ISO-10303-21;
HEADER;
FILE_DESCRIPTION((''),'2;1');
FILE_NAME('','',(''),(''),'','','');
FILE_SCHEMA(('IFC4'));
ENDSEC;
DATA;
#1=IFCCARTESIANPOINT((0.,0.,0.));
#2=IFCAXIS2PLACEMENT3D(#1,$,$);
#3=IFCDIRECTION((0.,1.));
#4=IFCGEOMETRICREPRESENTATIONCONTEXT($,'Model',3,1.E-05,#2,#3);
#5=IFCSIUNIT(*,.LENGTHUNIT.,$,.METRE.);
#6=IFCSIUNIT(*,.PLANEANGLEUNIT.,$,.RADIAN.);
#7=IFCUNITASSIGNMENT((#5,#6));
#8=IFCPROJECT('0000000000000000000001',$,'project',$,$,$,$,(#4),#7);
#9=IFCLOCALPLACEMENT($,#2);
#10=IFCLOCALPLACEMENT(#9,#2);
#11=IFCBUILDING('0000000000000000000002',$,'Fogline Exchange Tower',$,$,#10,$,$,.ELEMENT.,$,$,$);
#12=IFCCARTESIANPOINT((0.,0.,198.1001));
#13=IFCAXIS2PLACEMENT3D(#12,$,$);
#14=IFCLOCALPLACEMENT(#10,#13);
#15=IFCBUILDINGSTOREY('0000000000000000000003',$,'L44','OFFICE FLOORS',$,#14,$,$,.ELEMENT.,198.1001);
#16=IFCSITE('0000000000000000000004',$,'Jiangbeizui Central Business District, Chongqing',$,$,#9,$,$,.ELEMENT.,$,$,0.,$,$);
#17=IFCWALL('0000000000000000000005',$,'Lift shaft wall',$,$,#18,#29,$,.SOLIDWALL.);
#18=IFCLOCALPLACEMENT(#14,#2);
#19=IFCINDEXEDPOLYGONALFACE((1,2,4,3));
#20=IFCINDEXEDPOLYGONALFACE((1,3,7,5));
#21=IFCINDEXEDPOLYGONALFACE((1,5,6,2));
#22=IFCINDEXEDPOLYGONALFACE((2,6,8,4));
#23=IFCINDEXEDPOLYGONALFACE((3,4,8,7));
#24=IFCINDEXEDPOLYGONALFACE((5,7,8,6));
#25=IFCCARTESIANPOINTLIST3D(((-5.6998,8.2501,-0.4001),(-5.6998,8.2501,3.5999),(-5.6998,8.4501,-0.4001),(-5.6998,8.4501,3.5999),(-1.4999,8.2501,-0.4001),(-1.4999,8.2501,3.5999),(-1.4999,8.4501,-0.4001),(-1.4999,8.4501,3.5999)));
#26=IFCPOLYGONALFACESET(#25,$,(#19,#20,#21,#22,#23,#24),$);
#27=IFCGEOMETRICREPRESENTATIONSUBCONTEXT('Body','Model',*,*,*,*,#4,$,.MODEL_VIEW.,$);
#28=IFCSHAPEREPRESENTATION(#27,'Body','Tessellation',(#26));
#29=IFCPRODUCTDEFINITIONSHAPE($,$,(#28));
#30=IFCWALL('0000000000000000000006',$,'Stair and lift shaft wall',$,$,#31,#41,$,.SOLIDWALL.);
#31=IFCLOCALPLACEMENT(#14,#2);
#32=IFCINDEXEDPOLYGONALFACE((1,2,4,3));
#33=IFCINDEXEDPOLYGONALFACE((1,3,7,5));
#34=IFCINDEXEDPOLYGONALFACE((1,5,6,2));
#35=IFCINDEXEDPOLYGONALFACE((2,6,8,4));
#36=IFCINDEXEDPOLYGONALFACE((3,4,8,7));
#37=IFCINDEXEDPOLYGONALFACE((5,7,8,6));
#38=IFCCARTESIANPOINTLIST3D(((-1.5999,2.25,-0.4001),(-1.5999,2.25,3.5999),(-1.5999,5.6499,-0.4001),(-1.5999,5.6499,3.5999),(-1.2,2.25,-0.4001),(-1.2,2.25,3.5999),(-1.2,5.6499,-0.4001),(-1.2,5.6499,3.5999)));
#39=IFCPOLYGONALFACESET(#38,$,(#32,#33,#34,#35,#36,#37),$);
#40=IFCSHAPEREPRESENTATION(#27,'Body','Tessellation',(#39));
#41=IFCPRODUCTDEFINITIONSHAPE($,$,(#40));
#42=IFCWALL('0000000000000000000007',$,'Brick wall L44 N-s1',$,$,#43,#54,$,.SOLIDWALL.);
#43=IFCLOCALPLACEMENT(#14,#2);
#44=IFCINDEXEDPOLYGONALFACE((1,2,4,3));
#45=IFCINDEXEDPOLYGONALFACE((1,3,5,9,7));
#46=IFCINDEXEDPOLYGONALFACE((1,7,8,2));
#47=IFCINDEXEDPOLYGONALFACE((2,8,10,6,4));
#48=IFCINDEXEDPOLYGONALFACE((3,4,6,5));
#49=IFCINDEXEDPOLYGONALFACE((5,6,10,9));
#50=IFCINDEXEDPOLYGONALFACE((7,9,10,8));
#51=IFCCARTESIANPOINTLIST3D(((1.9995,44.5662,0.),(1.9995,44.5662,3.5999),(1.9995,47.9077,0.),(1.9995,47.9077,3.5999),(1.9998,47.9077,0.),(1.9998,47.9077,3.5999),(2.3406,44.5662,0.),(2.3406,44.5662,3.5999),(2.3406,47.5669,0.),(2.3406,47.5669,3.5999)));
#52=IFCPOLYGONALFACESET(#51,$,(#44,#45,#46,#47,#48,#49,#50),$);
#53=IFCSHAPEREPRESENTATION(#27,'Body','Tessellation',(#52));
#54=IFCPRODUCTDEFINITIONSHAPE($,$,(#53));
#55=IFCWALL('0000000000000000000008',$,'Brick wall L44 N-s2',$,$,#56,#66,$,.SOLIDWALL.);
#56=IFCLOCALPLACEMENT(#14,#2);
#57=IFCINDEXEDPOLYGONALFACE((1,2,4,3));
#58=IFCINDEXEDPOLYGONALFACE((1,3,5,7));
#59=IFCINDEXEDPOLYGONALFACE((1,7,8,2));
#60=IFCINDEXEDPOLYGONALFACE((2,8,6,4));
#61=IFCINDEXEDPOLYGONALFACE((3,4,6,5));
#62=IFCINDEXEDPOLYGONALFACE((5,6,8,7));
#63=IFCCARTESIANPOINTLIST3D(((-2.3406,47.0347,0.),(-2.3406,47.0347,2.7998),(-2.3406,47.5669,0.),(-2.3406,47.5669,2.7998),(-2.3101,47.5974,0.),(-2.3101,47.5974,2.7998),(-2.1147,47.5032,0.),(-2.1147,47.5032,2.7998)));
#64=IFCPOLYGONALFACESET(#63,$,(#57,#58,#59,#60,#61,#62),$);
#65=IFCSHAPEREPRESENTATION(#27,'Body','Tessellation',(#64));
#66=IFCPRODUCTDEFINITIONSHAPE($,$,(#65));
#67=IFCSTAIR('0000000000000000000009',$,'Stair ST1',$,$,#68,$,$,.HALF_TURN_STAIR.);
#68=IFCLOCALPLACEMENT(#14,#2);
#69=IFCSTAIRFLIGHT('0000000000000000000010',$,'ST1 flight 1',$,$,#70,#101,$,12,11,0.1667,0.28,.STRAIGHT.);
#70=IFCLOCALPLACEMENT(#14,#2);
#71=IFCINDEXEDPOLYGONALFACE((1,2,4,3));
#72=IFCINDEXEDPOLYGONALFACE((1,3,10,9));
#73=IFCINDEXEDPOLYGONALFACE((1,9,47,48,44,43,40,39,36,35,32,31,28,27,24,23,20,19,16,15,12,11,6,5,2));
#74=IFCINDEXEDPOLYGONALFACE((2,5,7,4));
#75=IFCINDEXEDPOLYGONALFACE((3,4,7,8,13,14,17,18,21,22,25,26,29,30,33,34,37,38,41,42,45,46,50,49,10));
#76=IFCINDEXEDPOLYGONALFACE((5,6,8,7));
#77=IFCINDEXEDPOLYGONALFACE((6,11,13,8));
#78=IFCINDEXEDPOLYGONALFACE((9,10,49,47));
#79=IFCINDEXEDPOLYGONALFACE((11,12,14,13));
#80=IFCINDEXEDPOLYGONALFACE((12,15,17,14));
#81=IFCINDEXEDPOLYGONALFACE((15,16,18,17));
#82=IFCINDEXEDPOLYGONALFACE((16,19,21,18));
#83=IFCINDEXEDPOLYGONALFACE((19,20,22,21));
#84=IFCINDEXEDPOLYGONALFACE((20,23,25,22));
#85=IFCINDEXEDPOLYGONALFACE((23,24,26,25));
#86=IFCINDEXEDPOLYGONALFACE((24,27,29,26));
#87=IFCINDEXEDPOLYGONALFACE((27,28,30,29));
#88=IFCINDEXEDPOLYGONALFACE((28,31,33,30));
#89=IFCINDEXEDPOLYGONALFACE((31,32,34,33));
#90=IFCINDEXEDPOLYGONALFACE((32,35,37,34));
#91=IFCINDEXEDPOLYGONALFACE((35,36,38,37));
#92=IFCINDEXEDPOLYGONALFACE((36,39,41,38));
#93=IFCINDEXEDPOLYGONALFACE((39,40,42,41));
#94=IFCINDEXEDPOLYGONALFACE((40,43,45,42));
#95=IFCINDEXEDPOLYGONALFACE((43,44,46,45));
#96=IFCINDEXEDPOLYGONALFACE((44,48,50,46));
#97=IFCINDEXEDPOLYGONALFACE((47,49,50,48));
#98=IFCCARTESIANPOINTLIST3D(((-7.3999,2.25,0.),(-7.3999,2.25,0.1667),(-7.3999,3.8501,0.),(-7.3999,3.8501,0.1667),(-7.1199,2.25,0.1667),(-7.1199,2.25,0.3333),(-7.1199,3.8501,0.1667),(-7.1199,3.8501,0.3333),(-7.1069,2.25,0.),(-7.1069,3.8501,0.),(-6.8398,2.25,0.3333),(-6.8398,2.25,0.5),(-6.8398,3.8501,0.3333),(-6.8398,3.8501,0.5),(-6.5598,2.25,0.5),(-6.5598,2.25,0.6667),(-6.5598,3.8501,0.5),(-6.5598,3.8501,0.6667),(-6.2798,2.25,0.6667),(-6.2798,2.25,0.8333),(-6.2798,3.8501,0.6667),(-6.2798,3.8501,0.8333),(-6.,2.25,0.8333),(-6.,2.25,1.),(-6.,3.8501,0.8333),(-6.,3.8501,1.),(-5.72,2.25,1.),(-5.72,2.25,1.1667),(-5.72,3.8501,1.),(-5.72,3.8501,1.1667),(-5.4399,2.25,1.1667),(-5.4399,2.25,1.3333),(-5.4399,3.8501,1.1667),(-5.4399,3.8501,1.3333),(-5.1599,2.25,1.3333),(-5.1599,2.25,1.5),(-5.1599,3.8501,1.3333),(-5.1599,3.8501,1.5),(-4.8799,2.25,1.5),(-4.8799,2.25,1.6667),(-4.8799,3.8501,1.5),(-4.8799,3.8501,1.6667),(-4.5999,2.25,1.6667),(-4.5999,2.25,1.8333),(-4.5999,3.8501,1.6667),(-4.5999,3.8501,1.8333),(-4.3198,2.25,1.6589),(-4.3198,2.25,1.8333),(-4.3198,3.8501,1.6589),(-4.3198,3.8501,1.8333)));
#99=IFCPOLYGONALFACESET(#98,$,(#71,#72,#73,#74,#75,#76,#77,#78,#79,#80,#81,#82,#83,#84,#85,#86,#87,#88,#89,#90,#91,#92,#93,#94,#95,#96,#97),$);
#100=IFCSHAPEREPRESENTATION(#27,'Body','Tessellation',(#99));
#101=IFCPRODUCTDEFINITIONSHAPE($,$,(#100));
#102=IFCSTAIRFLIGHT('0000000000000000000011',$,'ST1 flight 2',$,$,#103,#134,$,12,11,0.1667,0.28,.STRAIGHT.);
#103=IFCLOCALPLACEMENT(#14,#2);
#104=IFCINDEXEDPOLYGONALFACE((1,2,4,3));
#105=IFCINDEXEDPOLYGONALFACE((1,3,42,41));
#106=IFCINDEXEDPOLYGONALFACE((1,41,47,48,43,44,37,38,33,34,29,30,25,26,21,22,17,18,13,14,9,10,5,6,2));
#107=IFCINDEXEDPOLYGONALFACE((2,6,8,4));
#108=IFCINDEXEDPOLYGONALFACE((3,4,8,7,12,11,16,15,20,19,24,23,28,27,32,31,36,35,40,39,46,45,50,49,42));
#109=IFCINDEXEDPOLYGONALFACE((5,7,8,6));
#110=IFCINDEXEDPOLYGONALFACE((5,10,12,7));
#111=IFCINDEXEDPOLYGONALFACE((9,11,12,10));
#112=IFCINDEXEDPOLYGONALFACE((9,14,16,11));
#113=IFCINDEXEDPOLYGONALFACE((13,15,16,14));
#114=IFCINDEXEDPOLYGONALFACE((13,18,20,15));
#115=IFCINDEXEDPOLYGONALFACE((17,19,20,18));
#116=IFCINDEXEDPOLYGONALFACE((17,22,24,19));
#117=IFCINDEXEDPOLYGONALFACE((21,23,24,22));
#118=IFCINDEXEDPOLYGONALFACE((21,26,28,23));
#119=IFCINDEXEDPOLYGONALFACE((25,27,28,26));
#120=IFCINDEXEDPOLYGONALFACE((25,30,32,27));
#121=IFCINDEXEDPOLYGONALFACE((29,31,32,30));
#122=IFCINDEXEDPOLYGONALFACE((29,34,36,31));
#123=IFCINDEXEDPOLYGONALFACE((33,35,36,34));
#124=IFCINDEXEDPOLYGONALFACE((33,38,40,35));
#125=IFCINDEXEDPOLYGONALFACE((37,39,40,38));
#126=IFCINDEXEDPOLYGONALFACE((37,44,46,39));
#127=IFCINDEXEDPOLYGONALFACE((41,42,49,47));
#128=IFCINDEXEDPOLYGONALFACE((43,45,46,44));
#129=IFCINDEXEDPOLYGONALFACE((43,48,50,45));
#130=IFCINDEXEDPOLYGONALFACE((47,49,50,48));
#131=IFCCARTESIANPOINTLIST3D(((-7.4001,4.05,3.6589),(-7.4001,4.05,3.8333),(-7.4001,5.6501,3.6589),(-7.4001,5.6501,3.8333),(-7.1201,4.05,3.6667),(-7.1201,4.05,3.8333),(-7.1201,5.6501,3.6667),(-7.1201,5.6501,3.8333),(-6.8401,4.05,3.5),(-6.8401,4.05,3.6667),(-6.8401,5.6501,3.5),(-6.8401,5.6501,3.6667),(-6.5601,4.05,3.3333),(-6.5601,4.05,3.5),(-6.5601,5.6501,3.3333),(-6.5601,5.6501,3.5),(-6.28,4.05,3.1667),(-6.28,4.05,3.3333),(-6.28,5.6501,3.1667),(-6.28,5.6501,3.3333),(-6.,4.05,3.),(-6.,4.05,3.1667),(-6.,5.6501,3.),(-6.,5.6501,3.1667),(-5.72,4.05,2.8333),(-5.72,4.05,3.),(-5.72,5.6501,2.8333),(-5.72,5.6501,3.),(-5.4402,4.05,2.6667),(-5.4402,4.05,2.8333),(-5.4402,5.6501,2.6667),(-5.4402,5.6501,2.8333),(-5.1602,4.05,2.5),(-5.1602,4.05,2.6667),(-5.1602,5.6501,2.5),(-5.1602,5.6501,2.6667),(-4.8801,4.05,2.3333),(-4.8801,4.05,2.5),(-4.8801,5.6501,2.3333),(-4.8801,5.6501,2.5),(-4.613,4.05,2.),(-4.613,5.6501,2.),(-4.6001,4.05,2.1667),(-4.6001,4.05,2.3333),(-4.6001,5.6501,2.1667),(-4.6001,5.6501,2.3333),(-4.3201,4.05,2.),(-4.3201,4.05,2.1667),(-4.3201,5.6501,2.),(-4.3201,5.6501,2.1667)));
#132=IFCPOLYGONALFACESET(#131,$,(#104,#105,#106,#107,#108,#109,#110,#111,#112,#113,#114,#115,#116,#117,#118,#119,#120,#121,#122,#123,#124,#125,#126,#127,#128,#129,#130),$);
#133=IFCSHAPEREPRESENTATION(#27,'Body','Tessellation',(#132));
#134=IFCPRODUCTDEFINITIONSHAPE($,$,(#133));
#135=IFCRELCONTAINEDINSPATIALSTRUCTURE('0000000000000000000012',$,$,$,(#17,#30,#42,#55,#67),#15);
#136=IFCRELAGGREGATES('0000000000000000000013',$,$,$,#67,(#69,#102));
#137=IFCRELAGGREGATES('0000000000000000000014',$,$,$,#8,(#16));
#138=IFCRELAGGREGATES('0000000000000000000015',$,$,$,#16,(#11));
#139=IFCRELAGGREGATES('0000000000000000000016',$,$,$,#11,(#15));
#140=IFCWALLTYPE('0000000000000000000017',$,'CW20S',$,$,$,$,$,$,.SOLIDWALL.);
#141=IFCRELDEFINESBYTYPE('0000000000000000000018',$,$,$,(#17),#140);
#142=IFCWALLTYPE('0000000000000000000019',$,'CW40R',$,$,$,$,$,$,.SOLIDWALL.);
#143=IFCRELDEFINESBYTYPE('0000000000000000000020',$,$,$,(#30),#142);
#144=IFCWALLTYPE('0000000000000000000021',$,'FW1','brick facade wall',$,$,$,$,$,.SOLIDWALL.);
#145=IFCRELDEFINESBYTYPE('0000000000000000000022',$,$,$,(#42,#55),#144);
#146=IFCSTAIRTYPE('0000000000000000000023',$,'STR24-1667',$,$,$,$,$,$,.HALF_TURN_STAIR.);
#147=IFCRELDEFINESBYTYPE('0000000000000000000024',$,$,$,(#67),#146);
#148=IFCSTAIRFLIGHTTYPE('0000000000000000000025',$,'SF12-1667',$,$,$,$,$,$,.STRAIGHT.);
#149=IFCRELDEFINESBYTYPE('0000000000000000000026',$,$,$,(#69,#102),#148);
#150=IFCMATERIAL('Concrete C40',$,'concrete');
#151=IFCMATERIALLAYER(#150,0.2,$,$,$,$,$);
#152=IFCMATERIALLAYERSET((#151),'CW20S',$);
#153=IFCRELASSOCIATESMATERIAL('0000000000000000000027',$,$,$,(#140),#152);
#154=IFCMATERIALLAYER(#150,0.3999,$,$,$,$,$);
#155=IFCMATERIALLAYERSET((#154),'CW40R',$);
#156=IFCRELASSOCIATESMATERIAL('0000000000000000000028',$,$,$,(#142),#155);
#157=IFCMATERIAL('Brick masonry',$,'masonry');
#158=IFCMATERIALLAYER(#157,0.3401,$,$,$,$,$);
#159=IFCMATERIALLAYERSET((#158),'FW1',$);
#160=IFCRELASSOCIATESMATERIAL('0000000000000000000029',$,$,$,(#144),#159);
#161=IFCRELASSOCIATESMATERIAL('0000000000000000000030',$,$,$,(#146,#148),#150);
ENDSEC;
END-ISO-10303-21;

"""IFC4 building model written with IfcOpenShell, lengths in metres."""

from ifc_helpers import new_model, si_unit, direction, frame, frame_2d, origin, place, context, subcontext, project, spatial, polyline, rectangle, outline, extrude, material, layer, layer_set, type_object, element, aggregate, save


model = new_model("IFC4")

# Units and contexts
model_context = context("Model", 3, precision=1e-05, world=origin(), true_north=direction((0.0, 1.0)))
body_context = subcontext(model_context, "Body", "Model", "MODEL_VIEW")
ifc_project = project(units=[si_unit("LENGTHUNIT", "METRE"), si_unit("PLANEANGLEUNIT", "RADIAN")], contexts=[model_context])

# Site, building, storey
site_placement = place(None, origin())
site = spatial("IfcSite", under=ifc_project, at=site_placement, Name="Jiangbeizui Central Business District, Chongqing", CompositionType="ELEMENT", RefElevation=0.0)
building_placement = place(site_placement, origin())
building = spatial("IfcBuilding", under=site, at=building_placement, Name="Fogline Exchange Tower", CompositionType="ELEMENT")
storey_placement = place(building_placement, frame((0.0, 0.0, 198.1001)))
storey = spatial("IfcBuildingStorey", under=building, at=storey_placement, Name="L44", Description="OFFICE FLOORS", CompositionType="ELEMENT", Elevation=198.1001)

# Shared definitions
ifc_material_1 = material(Name="Concrete C40", Category="concrete")

# Shared definitions
ifc_layer_1 = layer(ifc_material_1, 0.2)
ifc_layer_set_1 = layer_set([ifc_layer_1], Name="CW20S")
wall_type_1 = type_object("IfcWallType", Name="CW20S", PredefinedType="SOLIDWALL", material=ifc_layer_set_1)

# Walls
wall_1_placement = place(storey_placement, frame((-5.7, 8.3501, -0.4001), z_axis=(0.0, 0.0, 1.0), x_axis=(1.0, 0.0, 0.0)))
element("IfcWall", 1, at=wall_1_placement, inside=storey, type_object=wall_type_1, Name="Lift shaft wall", PredefinedType="SOLIDWALL", context=body_context, shape_type="SweptSolid", body=[
    extrude(rectangle(XDim=4.2, YDim=0.2, at=frame_2d((2.1001, 0.0))), origin(), (0.0, 0.0, 1.0), 4.0),
])
ifc_layer_2 = layer(ifc_material_1, 0.3999)
ifc_layer_set_2 = layer_set([ifc_layer_2], Name="CW40R")
wall_type_2 = type_object("IfcWallType", Name="CW40R", PredefinedType="SOLIDWALL", material=ifc_layer_set_2)
wall_2_placement = place(storey_placement, frame((-1.3999, 2.25, -0.4001), z_axis=(0.0, 0.0, 1.0), x_axis=(0.0, 1.0, 0.0)))
element("IfcWall", 2, at=wall_2_placement, inside=storey, type_object=wall_type_2, Name="Stair and lift shaft wall", PredefinedType="SOLIDWALL", context=body_context, shape_type="SweptSolid", body=[
    extrude(rectangle(XDim=3.3999, YDim=0.3999, at=frame_2d((1.7, 0.0))), origin(), (0.0, 0.0, 1.0), 4.0),
])
ifc_material_2 = material(Name="Brick masonry", Category="masonry")
ifc_layer_3 = layer(ifc_material_2, 0.3401)
ifc_layer_set_3 = layer_set([ifc_layer_3], Name="FW1")
wall_type_3 = type_object("IfcWallType", Name="FW1", Description="brick facade wall", PredefinedType="SOLIDWALL", material=ifc_layer_set_3)
wall_3_placement = place(storey_placement, origin())
element("IfcWall", 3, at=wall_3_placement, inside=storey, type_object=wall_type_3, Name="Brick wall L44 N-s1", PredefinedType="SOLIDWALL", context=body_context, shape_type="SweptSolid", body=[
    extrude(outline(polyline([(2.3406, 44.5662), (1.9995, 44.5662), (1.9995, 47.9077), (1.9998, 47.9077), (2.3406, 47.5669), (2.3406, 44.5662)])), origin(), (0.0, 0.0, 1.0), 3.5999),
])
wall_4_placement = place(storey_placement, origin())
element("IfcWall", 4, at=wall_4_placement, inside=storey, type_object=wall_type_3, Name="Brick wall L44 N-s2", PredefinedType="SOLIDWALL", context=body_context, shape_type="SweptSolid", body=[
    extrude(outline(polyline([(-2.3406, 47.5669), (-2.3101, 47.5974), (-2.1147, 47.5032), (-2.3406, 47.0347), (-2.3406, 47.5669)])), origin(), (0.0, 0.0, 1.0), 2.7998),
])

# Stair, stair flights
stair_type = type_object("IfcStairType", Name="STR24-1667", PredefinedType="HALF_TURN_STAIR", material=ifc_material_1)
stair_placement = place(storey_placement, origin())
stair = element("IfcStair", 5, at=stair_placement, inside=storey, type_object=stair_type, Name="Stair ST1", PredefinedType="HALF_TURN_STAIR")
stair_flight_type = type_object("IfcStairFlightType", Name="SF12-1667", PredefinedType="STRAIGHT", material=ifc_material_1)
stair_flight_1_placement = place(storey_placement, frame((-7.3999, 3.05, 0.0), z_axis=(0.0, 0.0, 1.0), x_axis=(1.0, 0.0, 0.0)))
stair_flight_1 = element("IfcStairFlight", 6, at=stair_flight_1_placement, type_object=stair_flight_type, Name="ST1 flight 1", NumberOfRisers=12, NumberOfTreads=11, PredefinedType="STRAIGHT", RiserHeight=0.1667, TreadLength=0.28, context=body_context, shape_type="SweptSolid", body=[
    extrude(outline(polyline([(0.0, 0.0), (0.0, 0.1667), (0.28, 0.1667), (0.28, 0.3333), (0.5601, 0.3333), (0.5601, 0.5), (0.8401, 0.5), (0.8401, 0.6667), (1.1201, 0.6667), (1.1201, 0.8333), (1.3999, 0.8333), (1.3999, 1.0), (1.6799, 1.0), (1.6799, 1.1667), (1.96, 1.1667), (1.96, 1.3333), (2.24, 1.3333), (2.24, 1.5), (2.52, 1.5), (2.52, 1.6667), (2.8, 1.6667), (2.8, 1.8333), (3.0801, 1.8333), (3.0801, 2.0), (3.0801, 1.6589), (0.293, 0.0), (0.0, 0.0)])), frame((0.0, 0.8, 0.0), z_axis=(0.0, -1.0, 0.0), x_axis=(1.0, 0.0, 0.0)), (0.0, 0.0, 1.0), 1.6001),
])
stair_flight_2_placement = place(storey_placement, frame((-4.3201, 4.8501, 2.0), z_axis=(0.0, 0.0, 1.0), x_axis=(-1.0, 0.0, 0.0)))
stair_flight_2 = element("IfcStairFlight", 7, at=stair_flight_2_placement, type_object=stair_flight_type, Name="ST1 flight 2", NumberOfRisers=12, NumberOfTreads=11, PredefinedType="STRAIGHT", RiserHeight=0.1667, TreadLength=0.28, context=body_context, shape_type="SweptSolid", body=[
    extrude(outline(polyline([(0.0, 0.0), (0.0, 0.1667), (0.28, 0.1667), (0.28, 0.3333), (0.5601, 0.3333), (0.5601, 0.5), (0.8401, 0.5), (0.8401, 0.6667), (1.1201, 0.6667), (1.1201, 0.8333), (1.3999, 0.8333), (1.3999, 1.0), (1.6799, 1.0), (1.6799, 1.1667), (1.96, 1.1667), (1.96, 1.3333), (2.24, 1.3333), (2.24, 1.5), (2.52, 1.5), (2.52, 1.6667), (2.8, 1.6667), (2.8, 1.8333), (3.0801, 1.8333), (3.0801, 2.0), (3.0801, 1.6589), (0.293, 0.0), (0.0, 0.0)])), frame((0.0, 0.8, 0.0), z_axis=(0.0, -1.0, 0.0), x_axis=(1.0, 0.0, 0.0)), (0.0, 0.0, 1.0), 1.6001),
])
aggregate(stair, [stair_flight_1, stair_flight_2])

save(model, "model.ifc")
